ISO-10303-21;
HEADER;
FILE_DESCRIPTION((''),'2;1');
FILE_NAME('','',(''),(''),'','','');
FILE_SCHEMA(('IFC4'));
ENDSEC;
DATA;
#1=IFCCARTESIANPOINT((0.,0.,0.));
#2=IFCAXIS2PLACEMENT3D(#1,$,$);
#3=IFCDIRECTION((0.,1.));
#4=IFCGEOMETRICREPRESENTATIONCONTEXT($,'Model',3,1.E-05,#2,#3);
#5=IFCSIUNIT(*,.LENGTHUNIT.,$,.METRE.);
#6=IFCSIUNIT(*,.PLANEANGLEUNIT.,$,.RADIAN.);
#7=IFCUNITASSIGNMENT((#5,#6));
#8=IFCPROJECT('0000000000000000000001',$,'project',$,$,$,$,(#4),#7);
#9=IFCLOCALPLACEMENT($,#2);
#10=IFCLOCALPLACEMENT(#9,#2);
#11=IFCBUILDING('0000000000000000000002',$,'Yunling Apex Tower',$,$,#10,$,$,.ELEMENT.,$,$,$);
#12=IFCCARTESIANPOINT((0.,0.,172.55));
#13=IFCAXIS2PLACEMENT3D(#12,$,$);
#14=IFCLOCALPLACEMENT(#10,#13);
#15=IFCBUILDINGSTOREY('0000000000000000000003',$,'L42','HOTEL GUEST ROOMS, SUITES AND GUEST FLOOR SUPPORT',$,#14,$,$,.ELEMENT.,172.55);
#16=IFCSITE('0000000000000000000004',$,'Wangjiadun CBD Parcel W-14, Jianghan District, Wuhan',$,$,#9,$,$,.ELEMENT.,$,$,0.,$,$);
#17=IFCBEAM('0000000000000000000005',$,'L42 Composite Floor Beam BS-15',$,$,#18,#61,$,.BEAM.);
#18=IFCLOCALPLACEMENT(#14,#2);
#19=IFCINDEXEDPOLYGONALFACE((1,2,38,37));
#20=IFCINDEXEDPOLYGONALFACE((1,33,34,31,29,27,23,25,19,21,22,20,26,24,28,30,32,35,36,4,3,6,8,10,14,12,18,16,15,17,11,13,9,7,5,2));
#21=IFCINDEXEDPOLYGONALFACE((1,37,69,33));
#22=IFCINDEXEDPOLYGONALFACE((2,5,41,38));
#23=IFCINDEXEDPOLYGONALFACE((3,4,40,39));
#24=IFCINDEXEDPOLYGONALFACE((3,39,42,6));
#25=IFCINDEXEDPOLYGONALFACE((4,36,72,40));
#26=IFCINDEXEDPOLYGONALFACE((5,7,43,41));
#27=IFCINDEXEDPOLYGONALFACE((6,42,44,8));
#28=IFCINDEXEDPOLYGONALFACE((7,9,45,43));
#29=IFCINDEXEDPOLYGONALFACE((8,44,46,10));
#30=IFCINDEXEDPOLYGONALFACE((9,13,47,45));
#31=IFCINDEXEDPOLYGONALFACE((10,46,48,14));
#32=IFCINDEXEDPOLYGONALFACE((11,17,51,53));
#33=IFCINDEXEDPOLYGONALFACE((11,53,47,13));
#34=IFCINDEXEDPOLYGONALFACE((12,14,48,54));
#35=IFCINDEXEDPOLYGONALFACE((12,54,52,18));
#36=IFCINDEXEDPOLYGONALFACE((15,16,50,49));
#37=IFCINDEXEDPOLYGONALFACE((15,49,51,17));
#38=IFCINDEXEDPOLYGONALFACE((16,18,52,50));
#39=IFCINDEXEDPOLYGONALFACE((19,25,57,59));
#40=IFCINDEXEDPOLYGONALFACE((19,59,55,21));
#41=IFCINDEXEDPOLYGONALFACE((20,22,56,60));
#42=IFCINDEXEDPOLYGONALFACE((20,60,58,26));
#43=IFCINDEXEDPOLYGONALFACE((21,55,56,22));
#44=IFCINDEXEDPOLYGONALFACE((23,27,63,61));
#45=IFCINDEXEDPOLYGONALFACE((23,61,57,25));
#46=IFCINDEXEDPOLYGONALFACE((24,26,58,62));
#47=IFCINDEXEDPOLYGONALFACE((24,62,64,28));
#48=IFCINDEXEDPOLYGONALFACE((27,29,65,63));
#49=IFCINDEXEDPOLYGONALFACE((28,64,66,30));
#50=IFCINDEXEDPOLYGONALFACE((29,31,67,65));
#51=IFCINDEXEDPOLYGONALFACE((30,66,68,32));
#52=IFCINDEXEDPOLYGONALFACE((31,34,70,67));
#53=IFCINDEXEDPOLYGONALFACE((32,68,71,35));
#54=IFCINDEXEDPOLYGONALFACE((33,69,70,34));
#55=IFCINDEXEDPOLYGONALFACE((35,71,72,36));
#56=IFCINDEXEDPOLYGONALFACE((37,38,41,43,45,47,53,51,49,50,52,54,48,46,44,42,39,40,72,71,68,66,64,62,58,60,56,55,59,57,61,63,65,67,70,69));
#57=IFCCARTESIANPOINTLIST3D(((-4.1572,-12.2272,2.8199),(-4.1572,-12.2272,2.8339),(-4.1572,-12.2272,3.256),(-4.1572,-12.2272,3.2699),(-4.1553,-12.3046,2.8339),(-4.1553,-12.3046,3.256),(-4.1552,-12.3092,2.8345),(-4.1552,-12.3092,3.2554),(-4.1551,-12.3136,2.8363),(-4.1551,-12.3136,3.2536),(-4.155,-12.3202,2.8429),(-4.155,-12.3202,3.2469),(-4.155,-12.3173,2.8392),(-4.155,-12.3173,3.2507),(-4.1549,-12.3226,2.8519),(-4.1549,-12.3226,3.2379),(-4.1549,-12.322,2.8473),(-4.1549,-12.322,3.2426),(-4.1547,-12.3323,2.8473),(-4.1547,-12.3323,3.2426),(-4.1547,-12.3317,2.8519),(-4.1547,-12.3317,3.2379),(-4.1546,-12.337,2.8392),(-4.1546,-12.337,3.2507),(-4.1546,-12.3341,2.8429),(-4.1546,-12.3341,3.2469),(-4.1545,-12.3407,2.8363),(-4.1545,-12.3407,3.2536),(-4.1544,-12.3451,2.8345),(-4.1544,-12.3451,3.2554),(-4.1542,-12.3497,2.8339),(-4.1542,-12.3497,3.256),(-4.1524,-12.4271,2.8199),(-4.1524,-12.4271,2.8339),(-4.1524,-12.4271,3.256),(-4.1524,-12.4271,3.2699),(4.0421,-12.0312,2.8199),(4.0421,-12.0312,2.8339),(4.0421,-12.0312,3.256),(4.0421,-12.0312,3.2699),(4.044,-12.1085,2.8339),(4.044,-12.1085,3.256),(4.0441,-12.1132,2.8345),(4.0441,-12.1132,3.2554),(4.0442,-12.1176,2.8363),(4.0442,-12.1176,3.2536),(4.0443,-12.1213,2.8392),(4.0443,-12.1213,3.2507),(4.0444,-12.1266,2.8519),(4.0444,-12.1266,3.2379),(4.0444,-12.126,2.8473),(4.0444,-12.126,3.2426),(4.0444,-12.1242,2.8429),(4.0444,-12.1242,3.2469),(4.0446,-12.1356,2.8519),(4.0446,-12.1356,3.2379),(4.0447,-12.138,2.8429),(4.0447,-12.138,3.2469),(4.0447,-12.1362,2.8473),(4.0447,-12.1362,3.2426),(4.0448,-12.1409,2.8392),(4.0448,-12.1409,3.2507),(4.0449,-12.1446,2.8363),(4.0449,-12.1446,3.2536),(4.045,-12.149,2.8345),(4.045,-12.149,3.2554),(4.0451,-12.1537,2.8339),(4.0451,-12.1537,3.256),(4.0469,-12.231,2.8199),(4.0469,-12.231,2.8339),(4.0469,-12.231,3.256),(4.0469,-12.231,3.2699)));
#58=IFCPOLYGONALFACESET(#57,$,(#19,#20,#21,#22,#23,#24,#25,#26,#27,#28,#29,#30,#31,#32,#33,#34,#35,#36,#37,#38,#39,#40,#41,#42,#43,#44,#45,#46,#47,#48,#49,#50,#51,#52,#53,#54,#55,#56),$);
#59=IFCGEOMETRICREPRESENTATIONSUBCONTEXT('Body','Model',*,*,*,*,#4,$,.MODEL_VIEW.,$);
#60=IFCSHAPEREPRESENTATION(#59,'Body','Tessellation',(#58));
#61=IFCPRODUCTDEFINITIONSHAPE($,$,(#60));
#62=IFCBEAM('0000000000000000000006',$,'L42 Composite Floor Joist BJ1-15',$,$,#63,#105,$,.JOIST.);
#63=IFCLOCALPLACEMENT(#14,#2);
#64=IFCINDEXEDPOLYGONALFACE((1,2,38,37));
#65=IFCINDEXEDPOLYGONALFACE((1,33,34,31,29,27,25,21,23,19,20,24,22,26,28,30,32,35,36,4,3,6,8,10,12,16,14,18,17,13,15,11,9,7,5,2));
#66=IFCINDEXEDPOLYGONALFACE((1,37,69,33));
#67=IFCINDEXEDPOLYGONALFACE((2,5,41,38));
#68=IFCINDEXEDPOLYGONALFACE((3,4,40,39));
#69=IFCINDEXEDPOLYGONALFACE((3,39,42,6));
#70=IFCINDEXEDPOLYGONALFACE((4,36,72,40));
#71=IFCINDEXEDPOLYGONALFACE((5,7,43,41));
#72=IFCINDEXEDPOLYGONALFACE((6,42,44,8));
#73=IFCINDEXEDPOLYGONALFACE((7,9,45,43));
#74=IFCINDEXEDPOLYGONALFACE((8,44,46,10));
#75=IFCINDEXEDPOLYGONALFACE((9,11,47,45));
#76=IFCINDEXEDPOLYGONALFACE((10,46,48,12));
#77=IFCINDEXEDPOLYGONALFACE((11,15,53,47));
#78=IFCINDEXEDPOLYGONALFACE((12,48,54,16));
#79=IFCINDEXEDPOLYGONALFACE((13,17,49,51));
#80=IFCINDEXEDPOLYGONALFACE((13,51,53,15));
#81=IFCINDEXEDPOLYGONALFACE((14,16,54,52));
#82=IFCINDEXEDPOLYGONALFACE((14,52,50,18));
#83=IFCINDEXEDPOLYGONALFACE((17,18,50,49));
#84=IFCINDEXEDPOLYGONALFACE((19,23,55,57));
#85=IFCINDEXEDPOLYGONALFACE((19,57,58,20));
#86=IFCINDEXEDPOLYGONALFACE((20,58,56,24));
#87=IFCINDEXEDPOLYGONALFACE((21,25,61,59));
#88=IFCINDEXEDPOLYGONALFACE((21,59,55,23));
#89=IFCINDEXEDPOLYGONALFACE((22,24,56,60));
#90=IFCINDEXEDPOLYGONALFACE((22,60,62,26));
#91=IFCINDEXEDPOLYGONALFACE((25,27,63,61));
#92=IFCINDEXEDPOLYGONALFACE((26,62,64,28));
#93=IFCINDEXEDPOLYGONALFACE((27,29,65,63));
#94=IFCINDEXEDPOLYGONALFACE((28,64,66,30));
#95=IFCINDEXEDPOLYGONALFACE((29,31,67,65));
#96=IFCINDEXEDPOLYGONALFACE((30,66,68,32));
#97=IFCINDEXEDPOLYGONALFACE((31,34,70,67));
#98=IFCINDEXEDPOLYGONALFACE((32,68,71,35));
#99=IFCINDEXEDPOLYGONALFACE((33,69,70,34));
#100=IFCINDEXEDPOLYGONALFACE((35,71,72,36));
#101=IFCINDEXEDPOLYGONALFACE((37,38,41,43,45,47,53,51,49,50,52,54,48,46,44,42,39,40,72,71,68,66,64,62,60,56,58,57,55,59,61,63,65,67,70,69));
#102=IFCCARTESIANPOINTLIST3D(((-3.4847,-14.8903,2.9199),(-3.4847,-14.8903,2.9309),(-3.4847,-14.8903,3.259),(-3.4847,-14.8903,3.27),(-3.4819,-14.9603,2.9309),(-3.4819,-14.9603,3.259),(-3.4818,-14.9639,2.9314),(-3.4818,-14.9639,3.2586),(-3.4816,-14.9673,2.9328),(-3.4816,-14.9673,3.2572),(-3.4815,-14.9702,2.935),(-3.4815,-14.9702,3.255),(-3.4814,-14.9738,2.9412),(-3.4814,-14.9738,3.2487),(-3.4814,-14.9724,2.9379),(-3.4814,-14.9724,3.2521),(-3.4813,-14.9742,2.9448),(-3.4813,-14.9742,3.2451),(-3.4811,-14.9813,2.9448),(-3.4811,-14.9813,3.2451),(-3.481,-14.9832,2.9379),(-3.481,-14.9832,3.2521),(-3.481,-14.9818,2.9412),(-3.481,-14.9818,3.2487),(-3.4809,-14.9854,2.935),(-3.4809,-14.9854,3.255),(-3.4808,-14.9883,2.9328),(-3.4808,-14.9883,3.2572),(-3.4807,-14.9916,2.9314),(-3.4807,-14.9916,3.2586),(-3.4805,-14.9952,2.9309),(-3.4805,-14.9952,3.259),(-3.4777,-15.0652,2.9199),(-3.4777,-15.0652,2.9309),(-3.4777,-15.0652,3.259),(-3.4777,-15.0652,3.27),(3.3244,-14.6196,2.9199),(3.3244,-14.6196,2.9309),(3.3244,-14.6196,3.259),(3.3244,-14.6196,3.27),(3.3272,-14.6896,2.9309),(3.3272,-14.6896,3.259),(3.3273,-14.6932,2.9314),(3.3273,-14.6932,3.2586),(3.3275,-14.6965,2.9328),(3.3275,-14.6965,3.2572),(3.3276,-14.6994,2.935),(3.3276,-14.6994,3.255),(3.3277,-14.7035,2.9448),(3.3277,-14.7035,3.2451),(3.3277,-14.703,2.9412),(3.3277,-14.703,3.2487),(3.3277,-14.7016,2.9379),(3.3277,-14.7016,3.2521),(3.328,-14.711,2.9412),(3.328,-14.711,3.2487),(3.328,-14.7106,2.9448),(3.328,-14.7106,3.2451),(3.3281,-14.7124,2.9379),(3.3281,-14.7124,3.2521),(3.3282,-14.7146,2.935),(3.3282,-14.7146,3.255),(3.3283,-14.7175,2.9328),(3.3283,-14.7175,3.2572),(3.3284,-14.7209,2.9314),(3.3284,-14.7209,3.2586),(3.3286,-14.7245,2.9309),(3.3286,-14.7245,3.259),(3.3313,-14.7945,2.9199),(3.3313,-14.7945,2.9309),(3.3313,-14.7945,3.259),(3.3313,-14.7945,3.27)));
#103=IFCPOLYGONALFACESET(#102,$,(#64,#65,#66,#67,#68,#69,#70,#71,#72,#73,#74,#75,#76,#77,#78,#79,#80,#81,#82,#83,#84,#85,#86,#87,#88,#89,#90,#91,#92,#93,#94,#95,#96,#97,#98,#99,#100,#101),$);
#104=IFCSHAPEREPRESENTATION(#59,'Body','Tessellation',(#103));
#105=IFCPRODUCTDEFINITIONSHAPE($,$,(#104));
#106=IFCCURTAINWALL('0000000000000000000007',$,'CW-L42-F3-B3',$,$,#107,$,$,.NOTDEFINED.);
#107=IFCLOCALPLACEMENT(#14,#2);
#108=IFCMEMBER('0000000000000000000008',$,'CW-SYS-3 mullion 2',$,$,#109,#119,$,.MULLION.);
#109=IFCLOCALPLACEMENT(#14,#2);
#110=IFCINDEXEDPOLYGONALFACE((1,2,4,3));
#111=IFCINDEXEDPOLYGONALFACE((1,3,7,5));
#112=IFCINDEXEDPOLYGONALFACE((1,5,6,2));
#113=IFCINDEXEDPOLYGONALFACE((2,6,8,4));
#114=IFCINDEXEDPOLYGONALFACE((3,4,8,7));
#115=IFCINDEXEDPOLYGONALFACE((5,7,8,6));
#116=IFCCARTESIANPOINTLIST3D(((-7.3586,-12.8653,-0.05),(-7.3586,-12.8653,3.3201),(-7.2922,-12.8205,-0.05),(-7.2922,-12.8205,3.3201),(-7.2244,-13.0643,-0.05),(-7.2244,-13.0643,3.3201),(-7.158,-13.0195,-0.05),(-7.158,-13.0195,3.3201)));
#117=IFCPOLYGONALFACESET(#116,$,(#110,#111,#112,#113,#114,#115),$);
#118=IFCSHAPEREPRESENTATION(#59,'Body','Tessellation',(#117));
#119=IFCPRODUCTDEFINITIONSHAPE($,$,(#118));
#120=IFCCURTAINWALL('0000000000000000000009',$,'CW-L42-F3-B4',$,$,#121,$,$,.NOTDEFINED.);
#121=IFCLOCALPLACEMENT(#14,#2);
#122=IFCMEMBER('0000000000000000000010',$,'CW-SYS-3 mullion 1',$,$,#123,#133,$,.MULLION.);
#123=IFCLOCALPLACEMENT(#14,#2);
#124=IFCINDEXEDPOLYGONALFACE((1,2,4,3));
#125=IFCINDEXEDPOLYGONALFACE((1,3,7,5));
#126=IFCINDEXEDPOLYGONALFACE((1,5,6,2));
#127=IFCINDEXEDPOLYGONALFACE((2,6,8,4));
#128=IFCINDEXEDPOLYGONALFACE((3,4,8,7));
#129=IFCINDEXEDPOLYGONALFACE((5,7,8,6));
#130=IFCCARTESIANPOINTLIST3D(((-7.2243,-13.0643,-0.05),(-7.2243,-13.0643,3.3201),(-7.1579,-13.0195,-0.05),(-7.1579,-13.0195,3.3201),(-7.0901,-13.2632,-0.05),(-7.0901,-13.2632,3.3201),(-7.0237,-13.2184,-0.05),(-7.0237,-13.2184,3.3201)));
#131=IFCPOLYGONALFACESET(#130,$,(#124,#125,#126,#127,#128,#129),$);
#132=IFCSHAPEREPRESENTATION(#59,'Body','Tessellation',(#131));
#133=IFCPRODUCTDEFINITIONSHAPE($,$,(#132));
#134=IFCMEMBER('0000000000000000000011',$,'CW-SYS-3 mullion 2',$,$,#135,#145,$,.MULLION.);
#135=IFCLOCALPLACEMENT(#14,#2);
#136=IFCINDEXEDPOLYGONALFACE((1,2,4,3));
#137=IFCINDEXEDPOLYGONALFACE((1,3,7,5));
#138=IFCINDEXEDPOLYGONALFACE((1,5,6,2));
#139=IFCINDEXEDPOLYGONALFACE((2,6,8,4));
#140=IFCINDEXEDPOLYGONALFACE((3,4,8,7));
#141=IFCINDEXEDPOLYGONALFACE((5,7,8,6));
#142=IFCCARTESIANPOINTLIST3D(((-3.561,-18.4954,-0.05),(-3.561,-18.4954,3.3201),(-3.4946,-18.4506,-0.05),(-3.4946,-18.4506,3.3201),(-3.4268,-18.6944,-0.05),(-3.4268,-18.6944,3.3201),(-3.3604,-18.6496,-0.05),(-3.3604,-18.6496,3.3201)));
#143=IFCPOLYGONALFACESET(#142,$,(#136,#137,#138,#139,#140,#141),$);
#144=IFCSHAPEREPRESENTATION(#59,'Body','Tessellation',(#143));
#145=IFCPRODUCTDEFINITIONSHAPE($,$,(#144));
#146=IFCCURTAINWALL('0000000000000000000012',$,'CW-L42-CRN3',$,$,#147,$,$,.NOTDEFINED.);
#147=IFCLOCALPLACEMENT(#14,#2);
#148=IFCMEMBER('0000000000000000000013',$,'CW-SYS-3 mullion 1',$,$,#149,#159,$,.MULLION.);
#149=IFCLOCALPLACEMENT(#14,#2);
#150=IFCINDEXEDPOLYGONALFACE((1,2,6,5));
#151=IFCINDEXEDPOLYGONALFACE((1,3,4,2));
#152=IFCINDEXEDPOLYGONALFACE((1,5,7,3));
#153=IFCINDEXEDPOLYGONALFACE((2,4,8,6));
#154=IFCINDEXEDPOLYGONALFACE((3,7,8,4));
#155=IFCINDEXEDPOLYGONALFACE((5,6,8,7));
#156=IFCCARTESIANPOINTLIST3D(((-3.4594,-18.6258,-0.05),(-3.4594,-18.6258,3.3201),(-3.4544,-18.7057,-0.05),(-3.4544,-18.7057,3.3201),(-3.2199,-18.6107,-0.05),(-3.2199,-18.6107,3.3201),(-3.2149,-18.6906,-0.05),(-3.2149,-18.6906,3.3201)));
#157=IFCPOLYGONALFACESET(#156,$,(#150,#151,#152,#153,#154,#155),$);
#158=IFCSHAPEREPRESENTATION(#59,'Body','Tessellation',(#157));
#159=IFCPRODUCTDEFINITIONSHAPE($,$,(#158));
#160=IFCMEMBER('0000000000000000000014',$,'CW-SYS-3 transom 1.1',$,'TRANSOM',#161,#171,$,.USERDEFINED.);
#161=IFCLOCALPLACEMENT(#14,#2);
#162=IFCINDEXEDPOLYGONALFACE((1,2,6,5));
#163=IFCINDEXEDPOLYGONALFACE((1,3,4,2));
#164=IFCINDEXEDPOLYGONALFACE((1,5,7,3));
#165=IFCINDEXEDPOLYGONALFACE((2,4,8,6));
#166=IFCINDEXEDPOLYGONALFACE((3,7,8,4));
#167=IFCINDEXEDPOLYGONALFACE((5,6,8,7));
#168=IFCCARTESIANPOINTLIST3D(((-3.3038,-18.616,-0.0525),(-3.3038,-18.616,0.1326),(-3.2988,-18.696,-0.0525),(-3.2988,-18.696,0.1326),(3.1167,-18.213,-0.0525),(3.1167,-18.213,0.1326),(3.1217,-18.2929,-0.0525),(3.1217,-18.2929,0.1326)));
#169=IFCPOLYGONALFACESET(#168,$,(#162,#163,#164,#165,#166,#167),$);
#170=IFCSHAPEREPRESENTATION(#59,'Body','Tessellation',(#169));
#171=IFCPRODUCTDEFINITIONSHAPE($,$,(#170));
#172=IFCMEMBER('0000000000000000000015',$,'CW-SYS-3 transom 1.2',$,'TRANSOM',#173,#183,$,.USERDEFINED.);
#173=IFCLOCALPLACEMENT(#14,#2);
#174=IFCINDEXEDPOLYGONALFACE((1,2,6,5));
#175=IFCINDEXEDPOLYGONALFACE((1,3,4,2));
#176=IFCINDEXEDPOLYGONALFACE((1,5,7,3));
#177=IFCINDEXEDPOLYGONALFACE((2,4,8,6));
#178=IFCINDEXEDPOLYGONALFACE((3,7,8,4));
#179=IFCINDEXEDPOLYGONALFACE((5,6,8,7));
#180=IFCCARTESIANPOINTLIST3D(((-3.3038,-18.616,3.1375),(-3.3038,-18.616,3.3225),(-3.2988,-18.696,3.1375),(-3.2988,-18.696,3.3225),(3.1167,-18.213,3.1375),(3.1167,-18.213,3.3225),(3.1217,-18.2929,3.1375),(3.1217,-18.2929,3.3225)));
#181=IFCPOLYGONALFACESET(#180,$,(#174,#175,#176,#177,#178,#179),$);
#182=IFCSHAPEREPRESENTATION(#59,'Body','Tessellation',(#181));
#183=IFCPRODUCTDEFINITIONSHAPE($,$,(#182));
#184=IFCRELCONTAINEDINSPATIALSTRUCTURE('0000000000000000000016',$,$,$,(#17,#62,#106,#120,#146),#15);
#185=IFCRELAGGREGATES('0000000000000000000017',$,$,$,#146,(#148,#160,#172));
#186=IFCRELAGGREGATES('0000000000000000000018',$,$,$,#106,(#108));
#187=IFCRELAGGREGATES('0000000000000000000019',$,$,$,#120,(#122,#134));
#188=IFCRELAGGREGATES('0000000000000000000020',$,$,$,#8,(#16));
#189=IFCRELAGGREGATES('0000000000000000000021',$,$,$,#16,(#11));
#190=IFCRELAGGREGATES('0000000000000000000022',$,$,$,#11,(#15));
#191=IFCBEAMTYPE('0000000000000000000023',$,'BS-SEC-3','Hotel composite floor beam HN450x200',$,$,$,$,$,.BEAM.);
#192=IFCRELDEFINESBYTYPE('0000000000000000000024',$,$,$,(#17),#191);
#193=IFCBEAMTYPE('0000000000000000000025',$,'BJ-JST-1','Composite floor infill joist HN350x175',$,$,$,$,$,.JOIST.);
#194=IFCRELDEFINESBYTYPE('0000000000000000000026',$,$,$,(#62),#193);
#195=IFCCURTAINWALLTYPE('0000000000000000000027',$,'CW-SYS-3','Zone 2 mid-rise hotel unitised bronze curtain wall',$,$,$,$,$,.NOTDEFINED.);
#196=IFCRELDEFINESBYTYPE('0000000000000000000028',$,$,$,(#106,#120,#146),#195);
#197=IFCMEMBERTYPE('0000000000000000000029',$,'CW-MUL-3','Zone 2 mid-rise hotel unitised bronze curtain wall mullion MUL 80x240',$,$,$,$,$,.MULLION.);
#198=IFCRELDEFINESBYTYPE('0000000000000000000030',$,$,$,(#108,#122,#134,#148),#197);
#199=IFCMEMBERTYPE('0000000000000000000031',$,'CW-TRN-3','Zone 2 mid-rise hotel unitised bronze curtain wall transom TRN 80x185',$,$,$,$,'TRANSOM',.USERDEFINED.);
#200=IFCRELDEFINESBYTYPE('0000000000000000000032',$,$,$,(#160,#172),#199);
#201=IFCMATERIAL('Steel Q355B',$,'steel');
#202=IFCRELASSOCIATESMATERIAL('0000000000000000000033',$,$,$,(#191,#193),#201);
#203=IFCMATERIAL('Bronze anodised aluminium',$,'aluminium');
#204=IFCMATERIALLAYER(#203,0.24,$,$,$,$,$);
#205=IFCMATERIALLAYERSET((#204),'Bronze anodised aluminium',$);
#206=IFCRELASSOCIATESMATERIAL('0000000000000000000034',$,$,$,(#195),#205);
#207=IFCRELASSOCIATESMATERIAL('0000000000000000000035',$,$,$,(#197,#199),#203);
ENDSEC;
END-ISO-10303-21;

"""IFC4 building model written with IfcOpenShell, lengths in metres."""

from ifc_helpers import new_model, si_unit, direction, frame, origin, origin_2d, place, context, subcontext, project, spatial, rectangle, i_section, extrude, source, transform, mapped, material, layer, layer_set, material_profile, profile_set, type_object, element, aggregate, save


model = new_model("IFC4")

# Units and contexts
model_context = context("Model", 3, precision=1e-05, world=origin(), true_north=direction((0.0, 1.0)))
body_context = subcontext(model_context, "Body", "Model", "MODEL_VIEW")
ifc_project = project(units=[si_unit("LENGTHUNIT", "METRE"), si_unit("PLANEANGLEUNIT", "RADIAN")], contexts=[model_context])

# Site, building, storey
site_placement = place(None, origin())
site = spatial("IfcSite", under=ifc_project, at=site_placement, Name="Wangjiadun CBD Parcel W-14, Jianghan District, Wuhan", CompositionType="ELEMENT", RefElevation=0.0)
building_placement = place(site_placement, origin())
building = spatial("IfcBuilding", under=site, at=building_placement, Name="Yunling Apex Tower", CompositionType="ELEMENT")
storey_placement = place(building_placement, frame((0.0, 0.0, 172.55)))
storey = spatial("IfcBuildingStorey", under=building, at=storey_placement, Name="L42", Description="HOTEL GUEST ROOMS, SUITES AND GUEST FLOOR SUPPORT", CompositionType="ELEMENT", Elevation=172.55)

# Beams
ifc_material_1 = material(Name="Steel Q355B", Category="steel")
ifc_material_profile_1 = material_profile(ifc_material_1, i_section(OverallWidth=0.2, OverallDepth=0.45, WebThickness=0.009, FlangeThickness=0.0139, FilletRadius=0.0181, at=origin_2d()))
ifc_profile_set_1 = profile_set([ifc_material_profile_1], Name="Steel Q355B")
beam_type_1 = type_object("IfcBeamType", Name="BS-SEC-3", Description="Hotel composite floor beam HN450x200", PredefinedType="BEAM", material=ifc_profile_set_1)
shared_shape_1 = source(origin(), body_context, "Body", "SweptSolid", [
    extrude(i_section(OverallWidth=0.2, OverallDepth=0.45, WebThickness=0.009, FlangeThickness=0.0139, FilletRadius=0.0181, at=origin_2d()), origin(), (0.0, 0.0, 1.0), 8.2017),
])
beam_1_placement = place(storey_placement, frame((-4.1548, -12.3271, 3.0449), z_axis=(0.999714, 0.023903, 0.0), x_axis=(-0.023903, 0.999714, 0.0)))
element("IfcBeam", 1, at=beam_1_placement, inside=storey, type_object=beam_type_1, Name="L42 Composite Floor Beam BS-15", PredefinedType="BEAM", context=body_context, shape_type="MappedRepresentation", body=[
    mapped(shared_shape_1, transform((0.0, 0.0, 0.0), scale=1.0)),
])
ifc_material_profile_2 = material_profile(ifc_material_1, i_section(OverallWidth=0.175, OverallDepth=0.3501, WebThickness=0.0071, FlangeThickness=0.011, FilletRadius=0.0139, at=origin_2d()))
ifc_profile_set_2 = profile_set([ifc_material_profile_2], Name="Steel Q355B")
beam_type_2 = type_object("IfcBeamType", Name="BJ-JST-1", Description="Composite floor infill joist HN350x175", PredefinedType="JOIST", material=ifc_profile_set_2)
shared_shape_2 = source(origin(), body_context, "Body", "SweptSolid", [
    extrude(i_section(OverallWidth=0.175, OverallDepth=0.3501, WebThickness=0.0071, FlangeThickness=0.011, FilletRadius=0.0139, at=origin_2d()), origin(), (0.0, 0.0, 1.0), 6.8145),
])
beam_2_placement = place(storey_placement, frame((-3.4812, -14.9778, 3.095), z_axis=(0.99921, 0.039732, 0.0), x_axis=(-0.039732, 0.99921, 0.0)))
element("IfcBeam", 2, at=beam_2_placement, inside=storey, type_object=beam_type_2, Name="L42 Composite Floor Joist BJ1-15", PredefinedType="JOIST", context=body_context, shape_type="MappedRepresentation", body=[
    mapped(shared_shape_2, transform((0.0, 0.0, 0.0), scale=1.0)),
])

# Curtain wall, member
ifc_material_2 = material(Name="Bronze anodised aluminium", Category="aluminium")
ifc_layer_1 = layer(ifc_material_2, 0.24)
ifc_layer_set_1 = layer_set([ifc_layer_1], Name="Bronze anodised aluminium")
curtain_wall_type = type_object("IfcCurtainWallType", Name="CW-SYS-3", Description="Zone 2 mid-rise hotel unitised bronze curtain wall", PredefinedType="NOTDEFINED", material=ifc_layer_set_1)
curtain_wall_1_placement = place(storey_placement, origin())
curtain_wall_1 = element("IfcCurtainWall", 3, at=curtain_wall_1_placement, inside=storey, type_object=curtain_wall_type, Name="CW-L42-F3-B3", PredefinedType="NOTDEFINED")
ifc_material_profile_3 = material_profile(ifc_material_2, rectangle(XDim=0.0801, YDim=0.24, at=origin_2d()))
ifc_profile_set_3 = profile_set([ifc_material_profile_3], Name="Bronze anodised aluminium")
member_type_1 = type_object("IfcMemberType", Name="CW-MUL-3", Description="Zone 2 mid-rise hotel unitised bronze curtain wall mullion MUL 80x240", PredefinedType="MULLION", material=ifc_profile_set_3)
shared_shape_3 = source(origin(), body_context, "Body", "SweptSolid", [
    extrude(rectangle(XDim=0.0801, YDim=0.24, at=origin_2d()), origin(), (0.0, 0.0, 1.0), 3.3701),
])
member_1_placement = place(storey_placement, frame((-7.2583, -12.9424, -0.05), z_axis=(0.0, 0.0, 1.0), x_axis=(0.829041, 0.559188, 0.0)))
member_1 = element("IfcMember", 4, at=member_1_placement, type_object=member_type_1, Name="CW-SYS-3 mullion 2", PredefinedType="MULLION", context=body_context, shape_type="MappedRepresentation", body=[
    mapped(shared_shape_3, transform((0.0, 0.0, 0.0), scale=1.0)),
])

# Curtain walls, members
curtain_wall_2_placement = place(storey_placement, origin())
curtain_wall_2 = element("IfcCurtainWall", 5, at=curtain_wall_2_placement, inside=storey, type_object=curtain_wall_type, Name="CW-L42-F3-B4", PredefinedType="NOTDEFINED")
member_2_placement = place(storey_placement, frame((-7.124, -13.1414, -0.05), z_axis=(0.0, 0.0, 1.0), x_axis=(0.829045, 0.559181, 0.0)))
member_2 = element("IfcMember", 6, at=member_2_placement, type_object=member_type_1, Name="CW-SYS-3 mullion 1", PredefinedType="MULLION", context=body_context, shape_type="MappedRepresentation", body=[
    mapped(shared_shape_3, transform((0.0, 0.0, 0.0), scale=1.0)),
])
member_3_placement = place(storey_placement, frame((-3.4607, -18.5725, -0.05), z_axis=(0.0, 0.0, 1.0), x_axis=(0.829045, 0.559181, 0.0)))
member_3 = element("IfcMember", 7, at=member_3_placement, type_object=member_type_1, Name="CW-SYS-3 mullion 2", PredefinedType="MULLION", context=body_context, shape_type="MappedRepresentation", body=[
    mapped(shared_shape_3, transform((0.0, 0.0, 0.0), scale=1.0)),
])
curtain_wall_3_placement = place(storey_placement, origin())
curtain_wall_3 = element("IfcCurtainWall", 8, at=curtain_wall_3_placement, inside=storey, type_object=curtain_wall_type, Name="CW-L42-CRN3", PredefinedType="NOTDEFINED")
member_4_placement = place(storey_placement, frame((-3.3372, -18.6582, -0.05), z_axis=(0.0, 0.0, 1.0), x_axis=(-0.062672, 0.998034, 0.0)))
member_4 = element("IfcMember", 9, at=member_4_placement, type_object=member_type_1, Name="CW-SYS-3 mullion 1", PredefinedType="MULLION", context=body_context, shape_type="MappedRepresentation", body=[
    mapped(shared_shape_3, transform((0.0, 0.0, 0.0), scale=1.0)),
])
ifc_material_profile_4 = material_profile(ifc_material_2, rectangle(XDim=0.0801, YDim=0.1851, at=origin_2d()))
ifc_profile_set_4 = profile_set([ifc_material_profile_4], Name="Bronze anodised aluminium")
member_type_2 = type_object("IfcMemberType", Name="CW-TRN-3", Description="Zone 2 mid-rise hotel unitised bronze curtain wall transom TRN 80x185", ElementType="TRANSOM", PredefinedType="USERDEFINED", material=ifc_profile_set_4)
shared_shape_4 = source(origin(), body_context, "Body", "SweptSolid", [
    extrude(rectangle(XDim=0.0801, YDim=0.1851, at=origin_2d()), origin(), (0.0, 0.0, 1.0), 6.4331),
])
member_5_placement = place(storey_placement, frame((-3.3013, -18.656, 0.04), z_axis=(0.998035, 0.062657, 0.0), x_axis=(-0.062657, 0.998035, 0.0)))
member_5 = element("IfcMember", 10, at=member_5_placement, type_object=member_type_2, Name="CW-SYS-3 transom 1.1", ObjectType="TRANSOM", PredefinedType="USERDEFINED", context=body_context, shape_type="MappedRepresentation", body=[
    mapped(shared_shape_4, transform((0.0, 0.0, 0.0), scale=1.0)),
])
member_6_placement = place(storey_placement, frame((-3.3013, -18.656, 3.23), z_axis=(0.998035, 0.062657, 0.0), x_axis=(-0.062657, 0.998035, 0.0)))
member_6 = element("IfcMember", 11, at=member_6_placement, type_object=member_type_2, Name="CW-SYS-3 transom 1.2", ObjectType="TRANSOM", PredefinedType="USERDEFINED", context=body_context, shape_type="MappedRepresentation", body=[
    mapped(shared_shape_4, transform((0.0, 0.0, 0.0), scale=1.0)),
])
aggregate(curtain_wall_3, [member_4, member_5, member_6])

aggregate(curtain_wall_1, [member_1])
aggregate(curtain_wall_2, [member_2, member_3])

save(model, "model.ifc")
